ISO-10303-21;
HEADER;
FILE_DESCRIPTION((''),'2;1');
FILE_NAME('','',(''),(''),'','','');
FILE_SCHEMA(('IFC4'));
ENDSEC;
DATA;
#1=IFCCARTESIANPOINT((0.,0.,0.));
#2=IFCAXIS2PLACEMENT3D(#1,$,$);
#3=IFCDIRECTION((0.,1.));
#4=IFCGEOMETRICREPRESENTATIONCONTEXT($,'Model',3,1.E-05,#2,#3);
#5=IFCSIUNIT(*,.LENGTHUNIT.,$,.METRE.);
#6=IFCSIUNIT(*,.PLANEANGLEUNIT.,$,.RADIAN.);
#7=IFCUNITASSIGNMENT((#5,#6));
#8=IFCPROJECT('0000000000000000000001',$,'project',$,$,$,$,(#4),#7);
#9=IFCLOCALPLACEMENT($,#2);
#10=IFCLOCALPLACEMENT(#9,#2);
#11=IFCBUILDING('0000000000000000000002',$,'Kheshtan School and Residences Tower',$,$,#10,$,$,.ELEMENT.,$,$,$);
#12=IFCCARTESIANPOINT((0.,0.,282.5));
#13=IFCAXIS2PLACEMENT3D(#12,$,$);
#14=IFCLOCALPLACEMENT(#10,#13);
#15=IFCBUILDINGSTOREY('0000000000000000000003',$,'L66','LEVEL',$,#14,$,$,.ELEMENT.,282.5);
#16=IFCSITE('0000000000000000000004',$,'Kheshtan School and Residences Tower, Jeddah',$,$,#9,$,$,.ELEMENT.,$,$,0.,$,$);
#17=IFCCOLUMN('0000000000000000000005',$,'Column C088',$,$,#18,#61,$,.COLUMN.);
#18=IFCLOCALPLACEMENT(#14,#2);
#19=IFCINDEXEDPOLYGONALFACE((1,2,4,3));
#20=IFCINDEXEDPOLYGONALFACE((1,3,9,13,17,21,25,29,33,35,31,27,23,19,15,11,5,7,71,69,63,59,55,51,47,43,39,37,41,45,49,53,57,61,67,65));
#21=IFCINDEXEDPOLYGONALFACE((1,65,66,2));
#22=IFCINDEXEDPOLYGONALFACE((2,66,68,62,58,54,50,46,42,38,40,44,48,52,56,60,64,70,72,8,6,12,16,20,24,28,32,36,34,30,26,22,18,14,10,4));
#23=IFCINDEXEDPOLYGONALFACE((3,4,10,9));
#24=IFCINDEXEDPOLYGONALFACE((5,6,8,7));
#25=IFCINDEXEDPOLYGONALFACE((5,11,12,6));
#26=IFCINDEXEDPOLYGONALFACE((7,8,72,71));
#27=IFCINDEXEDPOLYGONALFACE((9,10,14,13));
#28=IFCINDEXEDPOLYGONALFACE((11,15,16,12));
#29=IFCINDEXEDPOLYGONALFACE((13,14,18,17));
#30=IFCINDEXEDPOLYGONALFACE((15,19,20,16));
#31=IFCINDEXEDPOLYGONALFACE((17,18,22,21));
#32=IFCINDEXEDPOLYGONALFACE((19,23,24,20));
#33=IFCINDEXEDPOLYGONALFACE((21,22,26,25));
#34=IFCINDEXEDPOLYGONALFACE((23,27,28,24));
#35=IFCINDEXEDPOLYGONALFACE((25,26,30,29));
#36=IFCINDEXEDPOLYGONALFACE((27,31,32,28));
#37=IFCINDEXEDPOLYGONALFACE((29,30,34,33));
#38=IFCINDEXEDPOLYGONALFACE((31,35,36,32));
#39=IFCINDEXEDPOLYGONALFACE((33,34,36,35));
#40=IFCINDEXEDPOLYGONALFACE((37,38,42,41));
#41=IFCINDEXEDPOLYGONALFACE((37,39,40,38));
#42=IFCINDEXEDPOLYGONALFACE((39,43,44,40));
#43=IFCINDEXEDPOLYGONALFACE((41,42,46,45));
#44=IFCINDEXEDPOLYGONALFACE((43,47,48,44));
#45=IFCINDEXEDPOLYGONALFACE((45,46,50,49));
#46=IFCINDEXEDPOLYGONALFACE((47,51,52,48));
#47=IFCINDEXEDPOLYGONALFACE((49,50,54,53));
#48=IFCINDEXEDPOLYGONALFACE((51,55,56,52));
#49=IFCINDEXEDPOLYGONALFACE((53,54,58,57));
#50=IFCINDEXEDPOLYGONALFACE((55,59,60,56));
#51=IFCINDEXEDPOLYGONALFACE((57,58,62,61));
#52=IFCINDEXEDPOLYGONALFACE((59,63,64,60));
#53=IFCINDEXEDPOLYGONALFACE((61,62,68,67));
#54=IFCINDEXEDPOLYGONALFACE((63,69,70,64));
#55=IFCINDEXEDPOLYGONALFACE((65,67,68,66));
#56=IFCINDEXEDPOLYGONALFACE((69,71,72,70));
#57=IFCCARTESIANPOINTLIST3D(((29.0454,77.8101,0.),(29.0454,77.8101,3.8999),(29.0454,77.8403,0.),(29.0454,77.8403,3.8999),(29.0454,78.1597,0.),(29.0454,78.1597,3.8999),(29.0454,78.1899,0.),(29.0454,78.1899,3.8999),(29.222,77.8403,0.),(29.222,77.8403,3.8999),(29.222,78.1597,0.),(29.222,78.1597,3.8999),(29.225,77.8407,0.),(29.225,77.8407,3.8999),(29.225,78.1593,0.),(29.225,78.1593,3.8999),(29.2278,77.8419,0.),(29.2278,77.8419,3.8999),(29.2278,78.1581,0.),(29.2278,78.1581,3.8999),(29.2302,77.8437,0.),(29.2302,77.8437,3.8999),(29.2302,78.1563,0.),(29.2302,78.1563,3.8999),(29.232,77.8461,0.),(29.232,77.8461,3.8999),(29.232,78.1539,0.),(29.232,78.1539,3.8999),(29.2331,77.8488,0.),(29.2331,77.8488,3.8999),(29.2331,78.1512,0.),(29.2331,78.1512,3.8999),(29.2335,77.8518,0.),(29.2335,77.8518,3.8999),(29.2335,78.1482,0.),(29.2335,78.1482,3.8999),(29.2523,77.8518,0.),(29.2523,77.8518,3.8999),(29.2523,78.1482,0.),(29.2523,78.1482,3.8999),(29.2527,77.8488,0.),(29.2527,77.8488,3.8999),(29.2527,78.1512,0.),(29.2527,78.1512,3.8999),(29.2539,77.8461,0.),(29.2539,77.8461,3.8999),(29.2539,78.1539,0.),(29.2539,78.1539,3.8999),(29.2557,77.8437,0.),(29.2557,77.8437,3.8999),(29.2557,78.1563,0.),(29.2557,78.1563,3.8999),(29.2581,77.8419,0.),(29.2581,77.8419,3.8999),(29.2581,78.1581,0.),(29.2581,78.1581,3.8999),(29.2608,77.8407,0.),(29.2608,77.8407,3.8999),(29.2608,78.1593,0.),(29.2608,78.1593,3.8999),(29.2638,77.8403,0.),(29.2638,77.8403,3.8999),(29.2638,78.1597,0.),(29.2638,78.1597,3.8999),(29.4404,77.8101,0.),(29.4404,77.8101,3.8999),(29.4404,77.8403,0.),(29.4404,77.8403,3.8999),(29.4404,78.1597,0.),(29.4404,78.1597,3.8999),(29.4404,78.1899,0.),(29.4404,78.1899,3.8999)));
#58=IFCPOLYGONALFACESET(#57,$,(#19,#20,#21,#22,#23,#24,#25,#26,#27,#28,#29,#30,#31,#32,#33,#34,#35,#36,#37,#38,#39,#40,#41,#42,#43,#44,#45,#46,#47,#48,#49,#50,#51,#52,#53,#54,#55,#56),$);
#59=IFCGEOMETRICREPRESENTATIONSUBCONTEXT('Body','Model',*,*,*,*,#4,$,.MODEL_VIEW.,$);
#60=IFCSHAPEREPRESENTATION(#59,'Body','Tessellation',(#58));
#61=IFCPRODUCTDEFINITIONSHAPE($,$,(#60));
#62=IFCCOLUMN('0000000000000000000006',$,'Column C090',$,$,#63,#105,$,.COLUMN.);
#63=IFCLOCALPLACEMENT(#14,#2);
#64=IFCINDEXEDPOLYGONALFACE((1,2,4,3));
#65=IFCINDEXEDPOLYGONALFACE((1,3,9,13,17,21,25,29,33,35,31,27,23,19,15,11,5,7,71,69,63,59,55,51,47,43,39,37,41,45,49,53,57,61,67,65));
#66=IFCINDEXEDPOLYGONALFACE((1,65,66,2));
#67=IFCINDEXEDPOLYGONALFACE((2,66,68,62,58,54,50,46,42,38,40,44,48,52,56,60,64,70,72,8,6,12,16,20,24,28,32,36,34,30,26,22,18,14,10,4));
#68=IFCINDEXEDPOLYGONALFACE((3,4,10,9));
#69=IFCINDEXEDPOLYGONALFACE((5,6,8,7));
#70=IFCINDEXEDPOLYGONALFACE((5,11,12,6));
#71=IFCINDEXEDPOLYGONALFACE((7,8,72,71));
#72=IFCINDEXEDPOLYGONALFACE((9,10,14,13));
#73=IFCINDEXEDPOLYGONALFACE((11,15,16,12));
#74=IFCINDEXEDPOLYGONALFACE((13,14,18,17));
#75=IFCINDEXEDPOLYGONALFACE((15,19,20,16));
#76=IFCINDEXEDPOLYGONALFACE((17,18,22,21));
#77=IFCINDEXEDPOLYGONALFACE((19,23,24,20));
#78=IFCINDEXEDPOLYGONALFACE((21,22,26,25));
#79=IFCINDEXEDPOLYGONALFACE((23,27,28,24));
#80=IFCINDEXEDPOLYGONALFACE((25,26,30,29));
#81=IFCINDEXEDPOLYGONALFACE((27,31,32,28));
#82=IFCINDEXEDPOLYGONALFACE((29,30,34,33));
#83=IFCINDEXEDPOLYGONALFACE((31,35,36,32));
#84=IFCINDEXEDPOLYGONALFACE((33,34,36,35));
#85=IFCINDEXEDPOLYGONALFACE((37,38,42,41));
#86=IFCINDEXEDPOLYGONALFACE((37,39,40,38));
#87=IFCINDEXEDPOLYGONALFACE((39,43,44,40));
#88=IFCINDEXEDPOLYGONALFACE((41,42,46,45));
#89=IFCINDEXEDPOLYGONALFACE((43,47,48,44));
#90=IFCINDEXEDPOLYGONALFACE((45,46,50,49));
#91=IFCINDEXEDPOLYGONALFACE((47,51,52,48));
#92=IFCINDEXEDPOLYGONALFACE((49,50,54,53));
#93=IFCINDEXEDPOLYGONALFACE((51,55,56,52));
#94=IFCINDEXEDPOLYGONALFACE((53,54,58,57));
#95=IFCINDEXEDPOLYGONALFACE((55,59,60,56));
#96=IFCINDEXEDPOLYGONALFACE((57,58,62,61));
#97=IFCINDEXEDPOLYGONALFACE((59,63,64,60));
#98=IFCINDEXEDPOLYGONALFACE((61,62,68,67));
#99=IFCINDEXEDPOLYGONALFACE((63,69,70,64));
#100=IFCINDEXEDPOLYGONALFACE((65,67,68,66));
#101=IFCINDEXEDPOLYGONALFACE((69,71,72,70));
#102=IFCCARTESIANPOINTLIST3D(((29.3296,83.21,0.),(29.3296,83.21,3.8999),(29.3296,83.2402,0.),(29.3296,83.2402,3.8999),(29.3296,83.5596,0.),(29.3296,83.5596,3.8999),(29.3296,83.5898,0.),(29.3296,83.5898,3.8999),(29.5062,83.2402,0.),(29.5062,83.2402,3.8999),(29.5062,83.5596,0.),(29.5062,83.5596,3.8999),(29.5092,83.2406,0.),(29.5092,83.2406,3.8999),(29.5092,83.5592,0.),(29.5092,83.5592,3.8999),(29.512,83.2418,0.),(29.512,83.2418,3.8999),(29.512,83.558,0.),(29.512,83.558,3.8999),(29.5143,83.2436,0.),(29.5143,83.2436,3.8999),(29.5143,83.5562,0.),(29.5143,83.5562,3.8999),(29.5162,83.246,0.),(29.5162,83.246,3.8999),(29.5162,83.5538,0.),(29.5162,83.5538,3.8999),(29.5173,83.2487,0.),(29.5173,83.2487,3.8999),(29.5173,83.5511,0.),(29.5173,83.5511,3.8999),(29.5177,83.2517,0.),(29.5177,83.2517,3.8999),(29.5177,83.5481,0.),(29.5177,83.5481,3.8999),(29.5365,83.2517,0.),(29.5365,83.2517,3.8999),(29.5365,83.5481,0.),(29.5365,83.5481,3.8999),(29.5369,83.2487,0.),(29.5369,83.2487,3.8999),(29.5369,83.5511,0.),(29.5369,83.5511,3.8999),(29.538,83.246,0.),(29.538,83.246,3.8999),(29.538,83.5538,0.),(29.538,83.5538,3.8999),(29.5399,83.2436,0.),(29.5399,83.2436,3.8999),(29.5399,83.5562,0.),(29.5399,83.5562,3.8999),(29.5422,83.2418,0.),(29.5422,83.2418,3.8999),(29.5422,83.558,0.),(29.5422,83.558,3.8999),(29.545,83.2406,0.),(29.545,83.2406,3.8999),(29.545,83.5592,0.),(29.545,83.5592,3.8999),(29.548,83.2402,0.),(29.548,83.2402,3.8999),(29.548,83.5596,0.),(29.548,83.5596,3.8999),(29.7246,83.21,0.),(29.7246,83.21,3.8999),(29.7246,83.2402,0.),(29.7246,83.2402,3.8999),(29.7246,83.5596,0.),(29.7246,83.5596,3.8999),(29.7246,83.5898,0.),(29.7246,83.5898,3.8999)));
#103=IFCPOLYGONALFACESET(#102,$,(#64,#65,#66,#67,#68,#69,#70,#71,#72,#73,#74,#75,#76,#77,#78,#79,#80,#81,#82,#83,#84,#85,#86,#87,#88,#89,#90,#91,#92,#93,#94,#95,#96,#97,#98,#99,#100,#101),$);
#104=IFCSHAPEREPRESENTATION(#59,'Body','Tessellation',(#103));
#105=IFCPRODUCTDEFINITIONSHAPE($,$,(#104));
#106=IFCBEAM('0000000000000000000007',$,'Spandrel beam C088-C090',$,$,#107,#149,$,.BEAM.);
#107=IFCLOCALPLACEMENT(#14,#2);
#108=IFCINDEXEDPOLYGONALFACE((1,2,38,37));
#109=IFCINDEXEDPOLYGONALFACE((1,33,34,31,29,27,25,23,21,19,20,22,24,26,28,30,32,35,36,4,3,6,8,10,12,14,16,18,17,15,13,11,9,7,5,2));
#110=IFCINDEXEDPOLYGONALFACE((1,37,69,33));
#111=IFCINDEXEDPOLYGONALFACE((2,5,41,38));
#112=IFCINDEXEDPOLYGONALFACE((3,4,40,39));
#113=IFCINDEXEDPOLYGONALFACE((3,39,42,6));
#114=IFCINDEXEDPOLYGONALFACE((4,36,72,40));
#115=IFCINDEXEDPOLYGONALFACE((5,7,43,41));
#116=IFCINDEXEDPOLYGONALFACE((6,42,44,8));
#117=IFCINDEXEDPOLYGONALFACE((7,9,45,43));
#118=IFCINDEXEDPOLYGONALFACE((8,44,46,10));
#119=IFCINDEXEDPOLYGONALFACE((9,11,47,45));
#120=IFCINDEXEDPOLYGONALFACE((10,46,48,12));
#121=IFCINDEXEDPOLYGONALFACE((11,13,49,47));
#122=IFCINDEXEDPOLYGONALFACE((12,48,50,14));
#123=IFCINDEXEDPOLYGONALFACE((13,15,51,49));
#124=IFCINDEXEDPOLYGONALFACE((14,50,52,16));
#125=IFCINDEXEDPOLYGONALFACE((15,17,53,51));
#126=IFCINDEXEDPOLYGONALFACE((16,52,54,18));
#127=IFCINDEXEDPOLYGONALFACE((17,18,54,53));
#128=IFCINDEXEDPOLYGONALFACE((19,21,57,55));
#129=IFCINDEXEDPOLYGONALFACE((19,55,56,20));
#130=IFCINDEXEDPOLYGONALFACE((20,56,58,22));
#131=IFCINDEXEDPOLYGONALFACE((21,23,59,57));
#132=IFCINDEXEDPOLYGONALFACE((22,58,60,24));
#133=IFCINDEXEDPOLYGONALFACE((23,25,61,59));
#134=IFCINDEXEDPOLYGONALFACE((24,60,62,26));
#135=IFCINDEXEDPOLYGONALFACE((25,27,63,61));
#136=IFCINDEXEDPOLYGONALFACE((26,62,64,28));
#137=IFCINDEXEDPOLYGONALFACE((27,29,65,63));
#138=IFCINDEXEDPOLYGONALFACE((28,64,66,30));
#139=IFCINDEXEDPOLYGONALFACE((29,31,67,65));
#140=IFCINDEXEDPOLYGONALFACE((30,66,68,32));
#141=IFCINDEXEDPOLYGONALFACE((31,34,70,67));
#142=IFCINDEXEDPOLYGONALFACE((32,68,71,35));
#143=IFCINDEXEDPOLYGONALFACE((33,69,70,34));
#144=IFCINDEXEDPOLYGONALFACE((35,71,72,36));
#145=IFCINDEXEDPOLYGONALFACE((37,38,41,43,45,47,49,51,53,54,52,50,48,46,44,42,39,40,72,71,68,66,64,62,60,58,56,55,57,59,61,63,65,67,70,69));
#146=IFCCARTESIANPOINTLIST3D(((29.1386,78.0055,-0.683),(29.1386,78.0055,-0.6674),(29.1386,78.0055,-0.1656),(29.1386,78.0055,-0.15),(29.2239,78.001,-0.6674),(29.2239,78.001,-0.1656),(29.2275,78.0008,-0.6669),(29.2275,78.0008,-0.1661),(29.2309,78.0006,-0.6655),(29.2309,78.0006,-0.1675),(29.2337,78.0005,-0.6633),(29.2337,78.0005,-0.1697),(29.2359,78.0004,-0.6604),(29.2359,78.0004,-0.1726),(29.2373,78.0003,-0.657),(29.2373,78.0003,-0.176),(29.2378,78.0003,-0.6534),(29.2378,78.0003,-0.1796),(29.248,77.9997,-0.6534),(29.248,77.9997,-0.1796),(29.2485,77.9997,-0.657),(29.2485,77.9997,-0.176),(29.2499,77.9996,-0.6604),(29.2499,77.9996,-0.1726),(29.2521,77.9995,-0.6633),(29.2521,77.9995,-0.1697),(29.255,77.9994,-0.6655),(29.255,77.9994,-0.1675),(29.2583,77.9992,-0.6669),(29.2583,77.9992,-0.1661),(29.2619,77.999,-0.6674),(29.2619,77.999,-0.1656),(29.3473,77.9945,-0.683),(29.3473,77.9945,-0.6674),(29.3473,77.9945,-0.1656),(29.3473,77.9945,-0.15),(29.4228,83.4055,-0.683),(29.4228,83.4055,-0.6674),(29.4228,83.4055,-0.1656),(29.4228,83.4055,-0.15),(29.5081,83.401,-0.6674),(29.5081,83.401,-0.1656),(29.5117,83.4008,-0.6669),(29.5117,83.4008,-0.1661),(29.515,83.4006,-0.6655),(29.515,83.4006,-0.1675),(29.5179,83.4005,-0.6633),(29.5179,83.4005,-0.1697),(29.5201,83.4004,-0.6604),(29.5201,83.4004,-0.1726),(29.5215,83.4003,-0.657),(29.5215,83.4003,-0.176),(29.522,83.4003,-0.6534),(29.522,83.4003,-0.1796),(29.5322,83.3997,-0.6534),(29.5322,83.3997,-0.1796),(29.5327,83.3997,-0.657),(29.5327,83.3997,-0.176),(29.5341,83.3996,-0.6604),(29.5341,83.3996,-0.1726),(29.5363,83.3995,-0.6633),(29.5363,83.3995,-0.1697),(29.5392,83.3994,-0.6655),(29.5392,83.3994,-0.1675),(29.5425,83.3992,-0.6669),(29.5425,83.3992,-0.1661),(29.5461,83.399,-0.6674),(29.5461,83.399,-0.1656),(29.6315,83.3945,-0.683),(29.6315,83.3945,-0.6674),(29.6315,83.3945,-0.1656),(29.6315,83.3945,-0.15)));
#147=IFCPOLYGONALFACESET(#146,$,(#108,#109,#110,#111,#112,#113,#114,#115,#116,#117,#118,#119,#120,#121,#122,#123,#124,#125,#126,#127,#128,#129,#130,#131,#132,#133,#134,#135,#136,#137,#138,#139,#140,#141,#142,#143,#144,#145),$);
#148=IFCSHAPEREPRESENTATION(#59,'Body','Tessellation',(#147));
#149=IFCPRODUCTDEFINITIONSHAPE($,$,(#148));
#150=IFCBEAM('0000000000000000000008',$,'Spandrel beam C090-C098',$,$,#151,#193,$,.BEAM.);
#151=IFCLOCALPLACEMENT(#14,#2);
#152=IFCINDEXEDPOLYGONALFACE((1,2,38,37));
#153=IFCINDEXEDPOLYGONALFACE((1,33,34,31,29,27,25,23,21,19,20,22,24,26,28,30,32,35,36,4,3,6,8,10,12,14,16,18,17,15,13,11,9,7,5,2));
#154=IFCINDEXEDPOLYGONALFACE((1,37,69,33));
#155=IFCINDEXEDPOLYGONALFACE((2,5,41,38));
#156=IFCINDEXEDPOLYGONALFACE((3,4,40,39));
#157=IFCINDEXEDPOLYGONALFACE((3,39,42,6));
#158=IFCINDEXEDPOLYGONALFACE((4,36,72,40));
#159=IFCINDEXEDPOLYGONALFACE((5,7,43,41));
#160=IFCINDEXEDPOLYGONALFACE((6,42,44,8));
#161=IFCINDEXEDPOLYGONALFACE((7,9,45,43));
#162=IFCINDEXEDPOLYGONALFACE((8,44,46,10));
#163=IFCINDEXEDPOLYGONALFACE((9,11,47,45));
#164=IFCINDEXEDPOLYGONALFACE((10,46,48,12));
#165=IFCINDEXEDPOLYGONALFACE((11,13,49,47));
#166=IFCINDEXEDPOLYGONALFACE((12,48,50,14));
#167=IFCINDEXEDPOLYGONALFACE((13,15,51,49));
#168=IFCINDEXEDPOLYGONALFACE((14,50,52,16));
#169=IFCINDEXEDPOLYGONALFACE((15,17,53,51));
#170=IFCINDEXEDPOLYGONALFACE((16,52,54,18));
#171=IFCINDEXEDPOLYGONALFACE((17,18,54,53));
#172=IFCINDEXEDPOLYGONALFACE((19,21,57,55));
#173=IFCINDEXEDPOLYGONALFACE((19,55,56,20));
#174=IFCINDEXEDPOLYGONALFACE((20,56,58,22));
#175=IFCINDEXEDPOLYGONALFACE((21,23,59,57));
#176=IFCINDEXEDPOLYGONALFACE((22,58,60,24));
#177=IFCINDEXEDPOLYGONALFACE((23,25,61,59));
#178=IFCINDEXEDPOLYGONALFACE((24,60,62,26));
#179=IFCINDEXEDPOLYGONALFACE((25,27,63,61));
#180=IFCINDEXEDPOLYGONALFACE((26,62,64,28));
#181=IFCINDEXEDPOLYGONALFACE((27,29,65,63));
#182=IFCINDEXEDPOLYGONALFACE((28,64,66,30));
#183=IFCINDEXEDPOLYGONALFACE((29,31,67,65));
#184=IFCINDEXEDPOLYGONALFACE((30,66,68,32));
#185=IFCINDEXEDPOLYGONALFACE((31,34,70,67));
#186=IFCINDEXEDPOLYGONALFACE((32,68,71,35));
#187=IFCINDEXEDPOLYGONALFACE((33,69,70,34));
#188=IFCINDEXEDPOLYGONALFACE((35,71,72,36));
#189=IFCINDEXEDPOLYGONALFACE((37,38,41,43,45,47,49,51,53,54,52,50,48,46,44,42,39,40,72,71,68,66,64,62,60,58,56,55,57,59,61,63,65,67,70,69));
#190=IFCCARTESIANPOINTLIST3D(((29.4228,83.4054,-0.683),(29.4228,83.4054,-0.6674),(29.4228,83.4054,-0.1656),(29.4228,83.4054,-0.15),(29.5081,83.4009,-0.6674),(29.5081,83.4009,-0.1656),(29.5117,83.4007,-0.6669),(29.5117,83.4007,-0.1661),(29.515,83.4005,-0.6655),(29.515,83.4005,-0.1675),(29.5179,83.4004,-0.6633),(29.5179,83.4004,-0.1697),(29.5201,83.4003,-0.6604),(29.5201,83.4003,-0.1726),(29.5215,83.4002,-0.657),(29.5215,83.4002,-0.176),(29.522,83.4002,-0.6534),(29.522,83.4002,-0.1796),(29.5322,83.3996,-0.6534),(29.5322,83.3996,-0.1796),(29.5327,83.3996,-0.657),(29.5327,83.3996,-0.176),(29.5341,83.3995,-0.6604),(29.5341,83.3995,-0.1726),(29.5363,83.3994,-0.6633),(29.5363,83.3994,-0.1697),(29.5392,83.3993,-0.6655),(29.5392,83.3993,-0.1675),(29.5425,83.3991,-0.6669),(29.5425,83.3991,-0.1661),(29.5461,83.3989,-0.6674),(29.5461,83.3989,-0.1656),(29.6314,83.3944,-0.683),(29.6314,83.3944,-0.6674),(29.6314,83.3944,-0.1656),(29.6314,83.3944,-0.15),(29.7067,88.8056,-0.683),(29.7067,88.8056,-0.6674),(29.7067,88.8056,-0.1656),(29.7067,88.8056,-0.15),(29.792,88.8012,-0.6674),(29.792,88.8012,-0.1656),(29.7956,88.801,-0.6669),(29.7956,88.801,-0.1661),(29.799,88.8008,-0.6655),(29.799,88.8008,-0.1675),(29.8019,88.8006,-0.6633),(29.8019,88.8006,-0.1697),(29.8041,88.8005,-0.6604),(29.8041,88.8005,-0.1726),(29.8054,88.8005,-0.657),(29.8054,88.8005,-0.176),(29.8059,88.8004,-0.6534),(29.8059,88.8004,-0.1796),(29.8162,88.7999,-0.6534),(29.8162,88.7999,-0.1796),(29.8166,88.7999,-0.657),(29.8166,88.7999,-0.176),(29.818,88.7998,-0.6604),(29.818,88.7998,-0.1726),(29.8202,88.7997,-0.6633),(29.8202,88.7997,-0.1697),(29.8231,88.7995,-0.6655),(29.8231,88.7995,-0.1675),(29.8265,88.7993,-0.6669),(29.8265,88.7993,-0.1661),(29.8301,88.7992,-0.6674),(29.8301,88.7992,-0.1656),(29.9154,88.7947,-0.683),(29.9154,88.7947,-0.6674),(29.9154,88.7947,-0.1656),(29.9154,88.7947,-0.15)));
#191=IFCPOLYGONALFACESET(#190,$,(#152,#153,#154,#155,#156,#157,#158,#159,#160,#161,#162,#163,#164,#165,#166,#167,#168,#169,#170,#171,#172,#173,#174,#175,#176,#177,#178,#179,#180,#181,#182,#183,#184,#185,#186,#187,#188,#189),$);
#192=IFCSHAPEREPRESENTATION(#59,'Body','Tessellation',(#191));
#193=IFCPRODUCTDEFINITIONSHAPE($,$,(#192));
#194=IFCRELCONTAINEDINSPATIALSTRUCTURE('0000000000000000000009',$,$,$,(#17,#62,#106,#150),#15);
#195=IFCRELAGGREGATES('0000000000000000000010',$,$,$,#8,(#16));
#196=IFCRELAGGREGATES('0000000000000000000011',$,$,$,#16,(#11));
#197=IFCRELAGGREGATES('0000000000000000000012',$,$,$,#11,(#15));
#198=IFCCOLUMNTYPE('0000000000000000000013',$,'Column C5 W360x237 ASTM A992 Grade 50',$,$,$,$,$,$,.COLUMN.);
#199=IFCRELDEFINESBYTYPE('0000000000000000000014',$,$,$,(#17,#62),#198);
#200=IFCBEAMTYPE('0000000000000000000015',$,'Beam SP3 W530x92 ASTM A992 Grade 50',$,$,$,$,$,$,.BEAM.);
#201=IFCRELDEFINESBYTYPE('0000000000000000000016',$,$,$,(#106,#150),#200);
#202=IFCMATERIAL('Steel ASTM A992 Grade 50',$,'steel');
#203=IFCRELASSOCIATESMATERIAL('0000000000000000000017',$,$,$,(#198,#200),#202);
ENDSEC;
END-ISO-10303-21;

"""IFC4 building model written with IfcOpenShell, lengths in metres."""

from ifc_helpers import new_model, si_unit, direction, frame, origin, origin_2d, place, context, subcontext, project, spatial, i_section, extrude, material, material_profile, profile_set, type_object, element, save


model = new_model("IFC4")

# Units and contexts
model_context = context("Model", 3, precision=1e-05, world=origin(), true_north=direction((0.0, 1.0)))
body_context = subcontext(model_context, "Body", "Model", "MODEL_VIEW")
ifc_project = project(units=[si_unit("LENGTHUNIT", "METRE"), si_unit("PLANEANGLEUNIT", "RADIAN")], contexts=[model_context])

# Site, building, storey
site_placement = place(None, origin())
site = spatial("IfcSite", under=ifc_project, at=site_placement, Name="Kheshtan School and Residences Tower, Jeddah", CompositionType="ELEMENT", RefElevation=0.0)
building_placement = place(site_placement, origin())
building = spatial("IfcBuilding", under=site, at=building_placement, Name="Kheshtan School and Residences Tower", CompositionType="ELEMENT")
storey_placement = place(building_placement, frame((0.0, 0.0, 282.5)))
storey = spatial("IfcBuildingStorey", under=building, at=storey_placement, Name="L66", Description="LEVEL", CompositionType="ELEMENT", Elevation=282.5)

# Columns
ifc_material_1 = material(Name="Steel ASTM A992 Grade 50", Category="steel")
ifc_material_profile_1 = material_profile(ifc_material_1, i_section(OverallWidth=0.395, OverallDepth=0.3799, WebThickness=0.0188, FlangeThickness=0.0303, FilletRadius=0.0115, at=origin_2d()), Name="W360x237")
ifc_profile_set_1 = profile_set([ifc_material_profile_1], Name="Steel ASTM A992 Grade 50")
column_type = type_object("IfcColumnType", Name="Column C5 W360x237 ASTM A992 Grade 50", PredefinedType="COLUMN", material=ifc_profile_set_1)
for number, where, z_axis, x_axis, name in (
    (1, (29.2429, 78.0, 0.0), (0.0, 0.0, 1.0), (1.0, 0.0, 0.0), "Column C088"),
    (2, (29.5271, 83.3999, 0.0), (0.0, 0.0, 1.0), (1.0, 0.0, 0.0), "Column C090"),
):
    element("IfcColumn", number, at=place(storey_placement, frame(where, z_axis=z_axis, x_axis=x_axis)), inside=storey, type_object=column_type, Name=name, PredefinedType="COLUMN", context=body_context, shape_type="SweptSolid", body=[
        extrude(i_section(OverallWidth=0.395, OverallDepth=0.3799, WebThickness=0.0188, FlangeThickness=0.0303, FilletRadius=0.0115, at=origin_2d()), origin(), (0.0, 0.0, 1.0), 3.8999),
    ])

# Beams
ifc_material_profile_2 = material_profile(ifc_material_1, i_section(OverallWidth=0.209, OverallDepth=0.533, WebThickness=0.0103, FlangeThickness=0.0156, FilletRadius=0.0139, at=origin_2d()), Name="W530x92")
ifc_profile_set_2 = profile_set([ifc_material_profile_2], Name="Steel ASTM A992 Grade 50")
beam_type = type_object("IfcBeamType", Name="Beam SP3 W530x92 ASTM A992 Grade 50", PredefinedType="BEAM", material=ifc_profile_set_2)
beam_1_placement = place(storey_placement, frame((29.2429, 78.0, -0.4165), z_axis=(0.052554, 0.998618, 0.0), x_axis=(-0.998618, 0.052554, 0.0)))
element("IfcBeam", 3, at=beam_1_placement, inside=storey, type_object=beam_type, Name="Spandrel beam C088-C090", PredefinedType="BEAM", context=body_context, shape_type="SweptSolid", body=[
    extrude(i_section(OverallWidth=0.209, OverallDepth=0.533, WebThickness=0.0103, FlangeThickness=0.0156, FilletRadius=0.0139, at=origin_2d()), origin(), (0.0, 0.0, 1.0), 5.4075),
])
beam_2_placement = place(storey_placement, frame((29.5271, 83.3999, -0.4165), z_axis=(0.052507, 0.998621, 0.0), x_axis=(-0.998621, 0.052507, 0.0)))
element("IfcBeam", 4, at=beam_2_placement, inside=storey, type_object=beam_type, Name="Spandrel beam C090-C098", PredefinedType="BEAM", context=body_context, shape_type="SweptSolid", body=[
    extrude(i_section(OverallWidth=0.209, OverallDepth=0.533, WebThickness=0.0103, FlangeThickness=0.0156, FilletRadius=0.0139, at=origin_2d()), origin(), (0.0, 0.0, 1.0), 5.4077),
])

save(model, "model.ifc")
